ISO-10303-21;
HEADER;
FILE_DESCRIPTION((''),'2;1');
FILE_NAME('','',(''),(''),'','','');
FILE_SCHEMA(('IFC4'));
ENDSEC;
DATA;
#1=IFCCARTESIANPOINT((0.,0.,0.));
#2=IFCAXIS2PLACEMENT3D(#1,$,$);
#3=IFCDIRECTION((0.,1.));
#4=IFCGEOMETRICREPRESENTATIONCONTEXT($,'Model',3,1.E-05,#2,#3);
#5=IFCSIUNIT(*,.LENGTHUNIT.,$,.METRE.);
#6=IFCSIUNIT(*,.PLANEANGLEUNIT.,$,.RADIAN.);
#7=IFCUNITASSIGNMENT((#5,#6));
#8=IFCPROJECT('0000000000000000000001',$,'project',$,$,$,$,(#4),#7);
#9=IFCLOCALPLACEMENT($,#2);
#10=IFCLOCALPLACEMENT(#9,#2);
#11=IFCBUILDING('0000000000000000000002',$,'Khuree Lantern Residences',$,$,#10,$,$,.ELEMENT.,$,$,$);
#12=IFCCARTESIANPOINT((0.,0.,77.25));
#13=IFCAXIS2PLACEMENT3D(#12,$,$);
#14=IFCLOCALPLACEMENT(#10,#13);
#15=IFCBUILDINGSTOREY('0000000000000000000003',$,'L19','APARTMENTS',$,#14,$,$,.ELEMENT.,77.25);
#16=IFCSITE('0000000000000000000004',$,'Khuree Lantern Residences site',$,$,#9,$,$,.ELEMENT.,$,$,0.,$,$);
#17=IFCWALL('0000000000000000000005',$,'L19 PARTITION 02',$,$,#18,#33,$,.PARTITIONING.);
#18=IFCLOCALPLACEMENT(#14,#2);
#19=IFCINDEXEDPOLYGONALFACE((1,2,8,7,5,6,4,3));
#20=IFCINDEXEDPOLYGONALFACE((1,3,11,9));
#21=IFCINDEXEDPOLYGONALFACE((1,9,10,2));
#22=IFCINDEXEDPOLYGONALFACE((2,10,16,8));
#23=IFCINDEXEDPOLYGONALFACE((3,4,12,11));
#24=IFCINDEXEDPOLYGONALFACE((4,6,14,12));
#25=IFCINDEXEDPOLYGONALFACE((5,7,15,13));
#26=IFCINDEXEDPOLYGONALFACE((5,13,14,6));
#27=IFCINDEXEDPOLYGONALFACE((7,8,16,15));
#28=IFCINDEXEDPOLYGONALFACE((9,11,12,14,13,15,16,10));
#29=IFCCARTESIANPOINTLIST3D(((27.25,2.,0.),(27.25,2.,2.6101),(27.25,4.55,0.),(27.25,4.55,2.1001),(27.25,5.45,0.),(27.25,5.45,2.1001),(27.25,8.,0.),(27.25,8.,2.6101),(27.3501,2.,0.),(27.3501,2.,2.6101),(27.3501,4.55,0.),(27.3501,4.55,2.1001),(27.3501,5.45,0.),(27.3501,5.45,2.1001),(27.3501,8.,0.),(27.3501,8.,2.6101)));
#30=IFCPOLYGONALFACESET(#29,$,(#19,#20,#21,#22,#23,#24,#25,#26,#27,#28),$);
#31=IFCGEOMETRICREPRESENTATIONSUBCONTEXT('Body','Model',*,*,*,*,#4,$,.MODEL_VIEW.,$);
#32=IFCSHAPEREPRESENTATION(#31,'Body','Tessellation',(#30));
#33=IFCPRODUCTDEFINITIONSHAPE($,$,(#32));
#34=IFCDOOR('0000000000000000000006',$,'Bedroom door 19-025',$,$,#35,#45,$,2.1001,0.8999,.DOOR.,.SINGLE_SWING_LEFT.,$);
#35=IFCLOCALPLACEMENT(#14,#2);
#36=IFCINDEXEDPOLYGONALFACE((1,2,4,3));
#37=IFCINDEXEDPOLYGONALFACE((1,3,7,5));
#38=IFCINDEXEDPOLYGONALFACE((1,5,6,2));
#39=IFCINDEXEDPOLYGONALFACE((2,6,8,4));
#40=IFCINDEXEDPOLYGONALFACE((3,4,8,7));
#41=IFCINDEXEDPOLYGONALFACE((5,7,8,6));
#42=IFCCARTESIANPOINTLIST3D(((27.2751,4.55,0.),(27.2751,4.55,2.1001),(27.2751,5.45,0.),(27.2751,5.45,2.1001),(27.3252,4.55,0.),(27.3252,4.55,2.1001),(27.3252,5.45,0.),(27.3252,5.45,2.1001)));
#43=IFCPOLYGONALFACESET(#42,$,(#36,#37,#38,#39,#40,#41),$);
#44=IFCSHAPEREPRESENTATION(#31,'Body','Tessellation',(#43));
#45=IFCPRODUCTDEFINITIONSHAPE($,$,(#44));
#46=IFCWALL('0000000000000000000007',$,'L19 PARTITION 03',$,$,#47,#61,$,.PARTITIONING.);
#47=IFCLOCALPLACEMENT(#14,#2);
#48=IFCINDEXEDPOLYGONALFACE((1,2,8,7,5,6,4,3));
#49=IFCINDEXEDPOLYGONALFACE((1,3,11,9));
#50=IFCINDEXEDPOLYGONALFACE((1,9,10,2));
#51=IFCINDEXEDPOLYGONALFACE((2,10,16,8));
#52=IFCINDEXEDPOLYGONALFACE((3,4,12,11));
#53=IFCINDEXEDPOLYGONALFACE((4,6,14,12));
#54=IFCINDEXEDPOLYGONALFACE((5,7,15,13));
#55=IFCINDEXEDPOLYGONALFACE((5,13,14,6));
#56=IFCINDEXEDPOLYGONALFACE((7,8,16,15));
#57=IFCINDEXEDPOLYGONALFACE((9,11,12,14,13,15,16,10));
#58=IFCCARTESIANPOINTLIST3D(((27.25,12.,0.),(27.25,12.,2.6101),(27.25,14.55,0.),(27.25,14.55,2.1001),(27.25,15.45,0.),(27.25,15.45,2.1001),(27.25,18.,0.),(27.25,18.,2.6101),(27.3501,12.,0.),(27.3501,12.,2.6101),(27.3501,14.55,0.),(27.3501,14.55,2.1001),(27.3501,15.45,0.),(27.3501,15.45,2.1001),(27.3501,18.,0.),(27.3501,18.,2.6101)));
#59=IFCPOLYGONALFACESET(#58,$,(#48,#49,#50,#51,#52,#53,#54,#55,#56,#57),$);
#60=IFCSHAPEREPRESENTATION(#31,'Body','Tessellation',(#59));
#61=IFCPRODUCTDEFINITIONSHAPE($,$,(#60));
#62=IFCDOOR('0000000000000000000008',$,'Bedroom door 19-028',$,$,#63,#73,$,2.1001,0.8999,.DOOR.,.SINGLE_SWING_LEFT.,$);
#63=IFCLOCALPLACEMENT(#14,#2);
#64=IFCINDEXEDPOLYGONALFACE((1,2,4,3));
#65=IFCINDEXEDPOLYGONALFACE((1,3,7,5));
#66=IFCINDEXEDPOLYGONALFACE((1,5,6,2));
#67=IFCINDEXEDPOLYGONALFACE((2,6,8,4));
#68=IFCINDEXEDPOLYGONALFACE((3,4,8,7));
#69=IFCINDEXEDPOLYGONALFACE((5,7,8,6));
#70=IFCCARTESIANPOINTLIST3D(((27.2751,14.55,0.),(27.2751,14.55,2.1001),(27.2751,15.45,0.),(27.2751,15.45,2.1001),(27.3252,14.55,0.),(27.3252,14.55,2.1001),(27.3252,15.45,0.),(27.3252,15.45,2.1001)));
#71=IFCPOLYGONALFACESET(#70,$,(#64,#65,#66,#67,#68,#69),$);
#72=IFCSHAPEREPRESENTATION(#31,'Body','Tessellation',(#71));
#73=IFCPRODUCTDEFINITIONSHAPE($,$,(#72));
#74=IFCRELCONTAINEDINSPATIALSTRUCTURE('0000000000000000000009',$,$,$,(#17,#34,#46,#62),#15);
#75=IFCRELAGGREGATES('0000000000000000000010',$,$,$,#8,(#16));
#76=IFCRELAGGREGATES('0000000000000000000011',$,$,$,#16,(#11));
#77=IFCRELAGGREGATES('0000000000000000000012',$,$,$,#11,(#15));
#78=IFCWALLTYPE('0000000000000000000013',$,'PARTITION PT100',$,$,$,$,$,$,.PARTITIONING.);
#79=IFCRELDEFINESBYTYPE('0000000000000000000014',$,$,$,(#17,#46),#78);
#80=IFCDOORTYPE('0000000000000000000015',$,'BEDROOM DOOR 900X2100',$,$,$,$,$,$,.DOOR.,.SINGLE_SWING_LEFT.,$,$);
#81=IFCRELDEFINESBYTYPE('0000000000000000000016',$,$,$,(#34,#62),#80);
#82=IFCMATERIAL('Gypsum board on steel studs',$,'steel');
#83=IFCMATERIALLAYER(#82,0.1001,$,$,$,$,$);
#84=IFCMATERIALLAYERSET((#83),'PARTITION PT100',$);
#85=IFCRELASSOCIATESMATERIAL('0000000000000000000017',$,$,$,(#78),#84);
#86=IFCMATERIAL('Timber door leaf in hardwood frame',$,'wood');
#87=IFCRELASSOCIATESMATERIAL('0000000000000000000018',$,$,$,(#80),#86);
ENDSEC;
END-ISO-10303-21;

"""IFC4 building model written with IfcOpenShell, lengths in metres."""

from ifc_helpers import new_model, si_unit, direction, frame, frame_2d, origin, place, context, subcontext, project, spatial, rectangle, extrude, material, layer, layer_set, type_object, element, fill, save


model = new_model("IFC4")

# Units and contexts
model_context = context("Model", 3, precision=1e-05, world=origin(), true_north=direction((0.0, 1.0)))
body_context = subcontext(model_context, "Body", "Model", "MODEL_VIEW")
ifc_project = project(units=[si_unit("LENGTHUNIT", "METRE"), si_unit("PLANEANGLEUNIT", "RADIAN")], contexts=[model_context])

# Site, building, storey
site_placement = place(None, origin())
site = spatial("IfcSite", under=ifc_project, at=site_placement, Name="Khuree Lantern Residences site", CompositionType="ELEMENT", RefElevation=0.0)
building_placement = place(site_placement, origin())
building = spatial("IfcBuilding", under=site, at=building_placement, Name="Khuree Lantern Residences", CompositionType="ELEMENT")
storey_placement = place(building_placement, frame((0.0, 0.0, 77.25)))
storey = spatial("IfcBuildingStorey", under=building, at=storey_placement, Name="L19", Description="APARTMENTS", CompositionType="ELEMENT", Elevation=77.25)

# Shared definitions
ifc_material_1 = material(Name="Timber door leaf in hardwood frame", Category="wood")

# Shared definitions
ifc_material_2 = material(Name="Gypsum board on steel studs", Category="steel")
ifc_layer_1 = layer(ifc_material_2, 0.1001)
ifc_layer_set_1 = layer_set([ifc_layer_1], Name="PARTITION PT100")
wall_type_1 = type_object("IfcWallType", Name="PARTITION PT100", PredefinedType="PARTITIONING", material=ifc_layer_set_1)

# Walls, openings, doors
wall_1_placement = place(storey_placement, frame((27.3, 2.0, 0.0), z_axis=(0.0, 0.0, 1.0), x_axis=(0.0, 1.0, 0.0)))
wall_1 = element("IfcWall", 1, at=wall_1_placement, inside=storey, type_object=wall_type_1, Name="L19 PARTITION 02", PredefinedType="PARTITIONING", context=body_context, shape_type="SweptSolid", body=[
    extrude(rectangle(XDim=6.0, YDim=0.1001, at=frame_2d((3.0, 0.0))), origin(), (0.0, 0.0, 1.0), 2.6101),
])
opening_1_placement = place(wall_1_placement, frame((2.55, 0.0, 0.0)))
opening_1 = element("IfcOpeningElement", 2, at=opening_1_placement, cuts=wall_1, PredefinedType="OPENING", context=body_context, shape_type="SweptSolid", body=[
    extrude(rectangle(XDim=0.8999, YDim=2.1001, at=frame_2d((0.45, 1.05))), frame((0.0, 0.0601, 0.0), z_axis=(0.0, -1.0, 0.0), x_axis=(1.0, 0.0, 0.0)), (0.0, 0.0, 1.0), 0.1201),
])
door_type_1 = type_object("IfcDoorType", Name="BEDROOM DOOR 900X2100", OperationType="SINGLE_SWING_LEFT", PredefinedType="DOOR", material=ifc_material_1)
door_1_placement = place(opening_1_placement, origin())
door_1 = element("IfcDoor", 3, at=door_1_placement, inside=storey, type_object=door_type_1, Name="Bedroom door 19-025", OperationType="SINGLE_SWING_LEFT", OverallHeight=2.1001, OverallWidth=0.8999, PredefinedType="DOOR", context=body_context, shape_type="SweptSolid", body=[
    extrude(rectangle(XDim=0.8999, YDim=2.1001, at=frame_2d((0.45, 1.05))), frame((0.0, 0.0249, 0.0), z_axis=(0.0, -1.0, 0.0), x_axis=(1.0, 0.0, 0.0)), (0.0, 0.0, 1.0), 0.05),
])
fill(opening_1, door_1)
wall_2_placement = place(storey_placement, frame((27.3, 12.0, 0.0), z_axis=(0.0, 0.0, 1.0), x_axis=(0.0, 1.0, 0.0)))
wall_2 = element("IfcWall", 4, at=wall_2_placement, inside=storey, type_object=wall_type_1, Name="L19 PARTITION 03", PredefinedType="PARTITIONING", context=body_context, shape_type="SweptSolid", body=[
    extrude(rectangle(XDim=6.0, YDim=0.1001, at=frame_2d((3.0, 0.0))), origin(), (0.0, 0.0, 1.0), 2.6101),
])
opening_2_placement = place(wall_2_placement, frame((2.55, 0.0, 0.0)))
opening_2 = element("IfcOpeningElement", 5, at=opening_2_placement, cuts=wall_2, PredefinedType="OPENING", context=body_context, shape_type="SweptSolid", body=[
    extrude(rectangle(XDim=0.8999, YDim=2.1001, at=frame_2d((0.45, 1.05))), frame((0.0, 0.0601, 0.0), z_axis=(0.0, -1.0, 0.0), x_axis=(1.0, 0.0, 0.0)), (0.0, 0.0, 1.0), 0.1201),
])
door_2_placement = place(opening_2_placement, origin())
door_2 = element("IfcDoor", 6, at=door_2_placement, inside=storey, type_object=door_type_1, Name="Bedroom door 19-028", OperationType="SINGLE_SWING_LEFT", OverallHeight=2.1001, OverallWidth=0.8999, PredefinedType="DOOR", context=body_context, shape_type="SweptSolid", body=[
    extrude(rectangle(XDim=0.8999, YDim=2.1001, at=frame_2d((0.45, 1.05))), frame((0.0, 0.0249, 0.0), z_axis=(0.0, -1.0, 0.0), x_axis=(1.0, 0.0, 0.0)), (0.0, 0.0, 1.0), 0.05),
])
fill(opening_2, door_2)

save(model, "model.ifc")
